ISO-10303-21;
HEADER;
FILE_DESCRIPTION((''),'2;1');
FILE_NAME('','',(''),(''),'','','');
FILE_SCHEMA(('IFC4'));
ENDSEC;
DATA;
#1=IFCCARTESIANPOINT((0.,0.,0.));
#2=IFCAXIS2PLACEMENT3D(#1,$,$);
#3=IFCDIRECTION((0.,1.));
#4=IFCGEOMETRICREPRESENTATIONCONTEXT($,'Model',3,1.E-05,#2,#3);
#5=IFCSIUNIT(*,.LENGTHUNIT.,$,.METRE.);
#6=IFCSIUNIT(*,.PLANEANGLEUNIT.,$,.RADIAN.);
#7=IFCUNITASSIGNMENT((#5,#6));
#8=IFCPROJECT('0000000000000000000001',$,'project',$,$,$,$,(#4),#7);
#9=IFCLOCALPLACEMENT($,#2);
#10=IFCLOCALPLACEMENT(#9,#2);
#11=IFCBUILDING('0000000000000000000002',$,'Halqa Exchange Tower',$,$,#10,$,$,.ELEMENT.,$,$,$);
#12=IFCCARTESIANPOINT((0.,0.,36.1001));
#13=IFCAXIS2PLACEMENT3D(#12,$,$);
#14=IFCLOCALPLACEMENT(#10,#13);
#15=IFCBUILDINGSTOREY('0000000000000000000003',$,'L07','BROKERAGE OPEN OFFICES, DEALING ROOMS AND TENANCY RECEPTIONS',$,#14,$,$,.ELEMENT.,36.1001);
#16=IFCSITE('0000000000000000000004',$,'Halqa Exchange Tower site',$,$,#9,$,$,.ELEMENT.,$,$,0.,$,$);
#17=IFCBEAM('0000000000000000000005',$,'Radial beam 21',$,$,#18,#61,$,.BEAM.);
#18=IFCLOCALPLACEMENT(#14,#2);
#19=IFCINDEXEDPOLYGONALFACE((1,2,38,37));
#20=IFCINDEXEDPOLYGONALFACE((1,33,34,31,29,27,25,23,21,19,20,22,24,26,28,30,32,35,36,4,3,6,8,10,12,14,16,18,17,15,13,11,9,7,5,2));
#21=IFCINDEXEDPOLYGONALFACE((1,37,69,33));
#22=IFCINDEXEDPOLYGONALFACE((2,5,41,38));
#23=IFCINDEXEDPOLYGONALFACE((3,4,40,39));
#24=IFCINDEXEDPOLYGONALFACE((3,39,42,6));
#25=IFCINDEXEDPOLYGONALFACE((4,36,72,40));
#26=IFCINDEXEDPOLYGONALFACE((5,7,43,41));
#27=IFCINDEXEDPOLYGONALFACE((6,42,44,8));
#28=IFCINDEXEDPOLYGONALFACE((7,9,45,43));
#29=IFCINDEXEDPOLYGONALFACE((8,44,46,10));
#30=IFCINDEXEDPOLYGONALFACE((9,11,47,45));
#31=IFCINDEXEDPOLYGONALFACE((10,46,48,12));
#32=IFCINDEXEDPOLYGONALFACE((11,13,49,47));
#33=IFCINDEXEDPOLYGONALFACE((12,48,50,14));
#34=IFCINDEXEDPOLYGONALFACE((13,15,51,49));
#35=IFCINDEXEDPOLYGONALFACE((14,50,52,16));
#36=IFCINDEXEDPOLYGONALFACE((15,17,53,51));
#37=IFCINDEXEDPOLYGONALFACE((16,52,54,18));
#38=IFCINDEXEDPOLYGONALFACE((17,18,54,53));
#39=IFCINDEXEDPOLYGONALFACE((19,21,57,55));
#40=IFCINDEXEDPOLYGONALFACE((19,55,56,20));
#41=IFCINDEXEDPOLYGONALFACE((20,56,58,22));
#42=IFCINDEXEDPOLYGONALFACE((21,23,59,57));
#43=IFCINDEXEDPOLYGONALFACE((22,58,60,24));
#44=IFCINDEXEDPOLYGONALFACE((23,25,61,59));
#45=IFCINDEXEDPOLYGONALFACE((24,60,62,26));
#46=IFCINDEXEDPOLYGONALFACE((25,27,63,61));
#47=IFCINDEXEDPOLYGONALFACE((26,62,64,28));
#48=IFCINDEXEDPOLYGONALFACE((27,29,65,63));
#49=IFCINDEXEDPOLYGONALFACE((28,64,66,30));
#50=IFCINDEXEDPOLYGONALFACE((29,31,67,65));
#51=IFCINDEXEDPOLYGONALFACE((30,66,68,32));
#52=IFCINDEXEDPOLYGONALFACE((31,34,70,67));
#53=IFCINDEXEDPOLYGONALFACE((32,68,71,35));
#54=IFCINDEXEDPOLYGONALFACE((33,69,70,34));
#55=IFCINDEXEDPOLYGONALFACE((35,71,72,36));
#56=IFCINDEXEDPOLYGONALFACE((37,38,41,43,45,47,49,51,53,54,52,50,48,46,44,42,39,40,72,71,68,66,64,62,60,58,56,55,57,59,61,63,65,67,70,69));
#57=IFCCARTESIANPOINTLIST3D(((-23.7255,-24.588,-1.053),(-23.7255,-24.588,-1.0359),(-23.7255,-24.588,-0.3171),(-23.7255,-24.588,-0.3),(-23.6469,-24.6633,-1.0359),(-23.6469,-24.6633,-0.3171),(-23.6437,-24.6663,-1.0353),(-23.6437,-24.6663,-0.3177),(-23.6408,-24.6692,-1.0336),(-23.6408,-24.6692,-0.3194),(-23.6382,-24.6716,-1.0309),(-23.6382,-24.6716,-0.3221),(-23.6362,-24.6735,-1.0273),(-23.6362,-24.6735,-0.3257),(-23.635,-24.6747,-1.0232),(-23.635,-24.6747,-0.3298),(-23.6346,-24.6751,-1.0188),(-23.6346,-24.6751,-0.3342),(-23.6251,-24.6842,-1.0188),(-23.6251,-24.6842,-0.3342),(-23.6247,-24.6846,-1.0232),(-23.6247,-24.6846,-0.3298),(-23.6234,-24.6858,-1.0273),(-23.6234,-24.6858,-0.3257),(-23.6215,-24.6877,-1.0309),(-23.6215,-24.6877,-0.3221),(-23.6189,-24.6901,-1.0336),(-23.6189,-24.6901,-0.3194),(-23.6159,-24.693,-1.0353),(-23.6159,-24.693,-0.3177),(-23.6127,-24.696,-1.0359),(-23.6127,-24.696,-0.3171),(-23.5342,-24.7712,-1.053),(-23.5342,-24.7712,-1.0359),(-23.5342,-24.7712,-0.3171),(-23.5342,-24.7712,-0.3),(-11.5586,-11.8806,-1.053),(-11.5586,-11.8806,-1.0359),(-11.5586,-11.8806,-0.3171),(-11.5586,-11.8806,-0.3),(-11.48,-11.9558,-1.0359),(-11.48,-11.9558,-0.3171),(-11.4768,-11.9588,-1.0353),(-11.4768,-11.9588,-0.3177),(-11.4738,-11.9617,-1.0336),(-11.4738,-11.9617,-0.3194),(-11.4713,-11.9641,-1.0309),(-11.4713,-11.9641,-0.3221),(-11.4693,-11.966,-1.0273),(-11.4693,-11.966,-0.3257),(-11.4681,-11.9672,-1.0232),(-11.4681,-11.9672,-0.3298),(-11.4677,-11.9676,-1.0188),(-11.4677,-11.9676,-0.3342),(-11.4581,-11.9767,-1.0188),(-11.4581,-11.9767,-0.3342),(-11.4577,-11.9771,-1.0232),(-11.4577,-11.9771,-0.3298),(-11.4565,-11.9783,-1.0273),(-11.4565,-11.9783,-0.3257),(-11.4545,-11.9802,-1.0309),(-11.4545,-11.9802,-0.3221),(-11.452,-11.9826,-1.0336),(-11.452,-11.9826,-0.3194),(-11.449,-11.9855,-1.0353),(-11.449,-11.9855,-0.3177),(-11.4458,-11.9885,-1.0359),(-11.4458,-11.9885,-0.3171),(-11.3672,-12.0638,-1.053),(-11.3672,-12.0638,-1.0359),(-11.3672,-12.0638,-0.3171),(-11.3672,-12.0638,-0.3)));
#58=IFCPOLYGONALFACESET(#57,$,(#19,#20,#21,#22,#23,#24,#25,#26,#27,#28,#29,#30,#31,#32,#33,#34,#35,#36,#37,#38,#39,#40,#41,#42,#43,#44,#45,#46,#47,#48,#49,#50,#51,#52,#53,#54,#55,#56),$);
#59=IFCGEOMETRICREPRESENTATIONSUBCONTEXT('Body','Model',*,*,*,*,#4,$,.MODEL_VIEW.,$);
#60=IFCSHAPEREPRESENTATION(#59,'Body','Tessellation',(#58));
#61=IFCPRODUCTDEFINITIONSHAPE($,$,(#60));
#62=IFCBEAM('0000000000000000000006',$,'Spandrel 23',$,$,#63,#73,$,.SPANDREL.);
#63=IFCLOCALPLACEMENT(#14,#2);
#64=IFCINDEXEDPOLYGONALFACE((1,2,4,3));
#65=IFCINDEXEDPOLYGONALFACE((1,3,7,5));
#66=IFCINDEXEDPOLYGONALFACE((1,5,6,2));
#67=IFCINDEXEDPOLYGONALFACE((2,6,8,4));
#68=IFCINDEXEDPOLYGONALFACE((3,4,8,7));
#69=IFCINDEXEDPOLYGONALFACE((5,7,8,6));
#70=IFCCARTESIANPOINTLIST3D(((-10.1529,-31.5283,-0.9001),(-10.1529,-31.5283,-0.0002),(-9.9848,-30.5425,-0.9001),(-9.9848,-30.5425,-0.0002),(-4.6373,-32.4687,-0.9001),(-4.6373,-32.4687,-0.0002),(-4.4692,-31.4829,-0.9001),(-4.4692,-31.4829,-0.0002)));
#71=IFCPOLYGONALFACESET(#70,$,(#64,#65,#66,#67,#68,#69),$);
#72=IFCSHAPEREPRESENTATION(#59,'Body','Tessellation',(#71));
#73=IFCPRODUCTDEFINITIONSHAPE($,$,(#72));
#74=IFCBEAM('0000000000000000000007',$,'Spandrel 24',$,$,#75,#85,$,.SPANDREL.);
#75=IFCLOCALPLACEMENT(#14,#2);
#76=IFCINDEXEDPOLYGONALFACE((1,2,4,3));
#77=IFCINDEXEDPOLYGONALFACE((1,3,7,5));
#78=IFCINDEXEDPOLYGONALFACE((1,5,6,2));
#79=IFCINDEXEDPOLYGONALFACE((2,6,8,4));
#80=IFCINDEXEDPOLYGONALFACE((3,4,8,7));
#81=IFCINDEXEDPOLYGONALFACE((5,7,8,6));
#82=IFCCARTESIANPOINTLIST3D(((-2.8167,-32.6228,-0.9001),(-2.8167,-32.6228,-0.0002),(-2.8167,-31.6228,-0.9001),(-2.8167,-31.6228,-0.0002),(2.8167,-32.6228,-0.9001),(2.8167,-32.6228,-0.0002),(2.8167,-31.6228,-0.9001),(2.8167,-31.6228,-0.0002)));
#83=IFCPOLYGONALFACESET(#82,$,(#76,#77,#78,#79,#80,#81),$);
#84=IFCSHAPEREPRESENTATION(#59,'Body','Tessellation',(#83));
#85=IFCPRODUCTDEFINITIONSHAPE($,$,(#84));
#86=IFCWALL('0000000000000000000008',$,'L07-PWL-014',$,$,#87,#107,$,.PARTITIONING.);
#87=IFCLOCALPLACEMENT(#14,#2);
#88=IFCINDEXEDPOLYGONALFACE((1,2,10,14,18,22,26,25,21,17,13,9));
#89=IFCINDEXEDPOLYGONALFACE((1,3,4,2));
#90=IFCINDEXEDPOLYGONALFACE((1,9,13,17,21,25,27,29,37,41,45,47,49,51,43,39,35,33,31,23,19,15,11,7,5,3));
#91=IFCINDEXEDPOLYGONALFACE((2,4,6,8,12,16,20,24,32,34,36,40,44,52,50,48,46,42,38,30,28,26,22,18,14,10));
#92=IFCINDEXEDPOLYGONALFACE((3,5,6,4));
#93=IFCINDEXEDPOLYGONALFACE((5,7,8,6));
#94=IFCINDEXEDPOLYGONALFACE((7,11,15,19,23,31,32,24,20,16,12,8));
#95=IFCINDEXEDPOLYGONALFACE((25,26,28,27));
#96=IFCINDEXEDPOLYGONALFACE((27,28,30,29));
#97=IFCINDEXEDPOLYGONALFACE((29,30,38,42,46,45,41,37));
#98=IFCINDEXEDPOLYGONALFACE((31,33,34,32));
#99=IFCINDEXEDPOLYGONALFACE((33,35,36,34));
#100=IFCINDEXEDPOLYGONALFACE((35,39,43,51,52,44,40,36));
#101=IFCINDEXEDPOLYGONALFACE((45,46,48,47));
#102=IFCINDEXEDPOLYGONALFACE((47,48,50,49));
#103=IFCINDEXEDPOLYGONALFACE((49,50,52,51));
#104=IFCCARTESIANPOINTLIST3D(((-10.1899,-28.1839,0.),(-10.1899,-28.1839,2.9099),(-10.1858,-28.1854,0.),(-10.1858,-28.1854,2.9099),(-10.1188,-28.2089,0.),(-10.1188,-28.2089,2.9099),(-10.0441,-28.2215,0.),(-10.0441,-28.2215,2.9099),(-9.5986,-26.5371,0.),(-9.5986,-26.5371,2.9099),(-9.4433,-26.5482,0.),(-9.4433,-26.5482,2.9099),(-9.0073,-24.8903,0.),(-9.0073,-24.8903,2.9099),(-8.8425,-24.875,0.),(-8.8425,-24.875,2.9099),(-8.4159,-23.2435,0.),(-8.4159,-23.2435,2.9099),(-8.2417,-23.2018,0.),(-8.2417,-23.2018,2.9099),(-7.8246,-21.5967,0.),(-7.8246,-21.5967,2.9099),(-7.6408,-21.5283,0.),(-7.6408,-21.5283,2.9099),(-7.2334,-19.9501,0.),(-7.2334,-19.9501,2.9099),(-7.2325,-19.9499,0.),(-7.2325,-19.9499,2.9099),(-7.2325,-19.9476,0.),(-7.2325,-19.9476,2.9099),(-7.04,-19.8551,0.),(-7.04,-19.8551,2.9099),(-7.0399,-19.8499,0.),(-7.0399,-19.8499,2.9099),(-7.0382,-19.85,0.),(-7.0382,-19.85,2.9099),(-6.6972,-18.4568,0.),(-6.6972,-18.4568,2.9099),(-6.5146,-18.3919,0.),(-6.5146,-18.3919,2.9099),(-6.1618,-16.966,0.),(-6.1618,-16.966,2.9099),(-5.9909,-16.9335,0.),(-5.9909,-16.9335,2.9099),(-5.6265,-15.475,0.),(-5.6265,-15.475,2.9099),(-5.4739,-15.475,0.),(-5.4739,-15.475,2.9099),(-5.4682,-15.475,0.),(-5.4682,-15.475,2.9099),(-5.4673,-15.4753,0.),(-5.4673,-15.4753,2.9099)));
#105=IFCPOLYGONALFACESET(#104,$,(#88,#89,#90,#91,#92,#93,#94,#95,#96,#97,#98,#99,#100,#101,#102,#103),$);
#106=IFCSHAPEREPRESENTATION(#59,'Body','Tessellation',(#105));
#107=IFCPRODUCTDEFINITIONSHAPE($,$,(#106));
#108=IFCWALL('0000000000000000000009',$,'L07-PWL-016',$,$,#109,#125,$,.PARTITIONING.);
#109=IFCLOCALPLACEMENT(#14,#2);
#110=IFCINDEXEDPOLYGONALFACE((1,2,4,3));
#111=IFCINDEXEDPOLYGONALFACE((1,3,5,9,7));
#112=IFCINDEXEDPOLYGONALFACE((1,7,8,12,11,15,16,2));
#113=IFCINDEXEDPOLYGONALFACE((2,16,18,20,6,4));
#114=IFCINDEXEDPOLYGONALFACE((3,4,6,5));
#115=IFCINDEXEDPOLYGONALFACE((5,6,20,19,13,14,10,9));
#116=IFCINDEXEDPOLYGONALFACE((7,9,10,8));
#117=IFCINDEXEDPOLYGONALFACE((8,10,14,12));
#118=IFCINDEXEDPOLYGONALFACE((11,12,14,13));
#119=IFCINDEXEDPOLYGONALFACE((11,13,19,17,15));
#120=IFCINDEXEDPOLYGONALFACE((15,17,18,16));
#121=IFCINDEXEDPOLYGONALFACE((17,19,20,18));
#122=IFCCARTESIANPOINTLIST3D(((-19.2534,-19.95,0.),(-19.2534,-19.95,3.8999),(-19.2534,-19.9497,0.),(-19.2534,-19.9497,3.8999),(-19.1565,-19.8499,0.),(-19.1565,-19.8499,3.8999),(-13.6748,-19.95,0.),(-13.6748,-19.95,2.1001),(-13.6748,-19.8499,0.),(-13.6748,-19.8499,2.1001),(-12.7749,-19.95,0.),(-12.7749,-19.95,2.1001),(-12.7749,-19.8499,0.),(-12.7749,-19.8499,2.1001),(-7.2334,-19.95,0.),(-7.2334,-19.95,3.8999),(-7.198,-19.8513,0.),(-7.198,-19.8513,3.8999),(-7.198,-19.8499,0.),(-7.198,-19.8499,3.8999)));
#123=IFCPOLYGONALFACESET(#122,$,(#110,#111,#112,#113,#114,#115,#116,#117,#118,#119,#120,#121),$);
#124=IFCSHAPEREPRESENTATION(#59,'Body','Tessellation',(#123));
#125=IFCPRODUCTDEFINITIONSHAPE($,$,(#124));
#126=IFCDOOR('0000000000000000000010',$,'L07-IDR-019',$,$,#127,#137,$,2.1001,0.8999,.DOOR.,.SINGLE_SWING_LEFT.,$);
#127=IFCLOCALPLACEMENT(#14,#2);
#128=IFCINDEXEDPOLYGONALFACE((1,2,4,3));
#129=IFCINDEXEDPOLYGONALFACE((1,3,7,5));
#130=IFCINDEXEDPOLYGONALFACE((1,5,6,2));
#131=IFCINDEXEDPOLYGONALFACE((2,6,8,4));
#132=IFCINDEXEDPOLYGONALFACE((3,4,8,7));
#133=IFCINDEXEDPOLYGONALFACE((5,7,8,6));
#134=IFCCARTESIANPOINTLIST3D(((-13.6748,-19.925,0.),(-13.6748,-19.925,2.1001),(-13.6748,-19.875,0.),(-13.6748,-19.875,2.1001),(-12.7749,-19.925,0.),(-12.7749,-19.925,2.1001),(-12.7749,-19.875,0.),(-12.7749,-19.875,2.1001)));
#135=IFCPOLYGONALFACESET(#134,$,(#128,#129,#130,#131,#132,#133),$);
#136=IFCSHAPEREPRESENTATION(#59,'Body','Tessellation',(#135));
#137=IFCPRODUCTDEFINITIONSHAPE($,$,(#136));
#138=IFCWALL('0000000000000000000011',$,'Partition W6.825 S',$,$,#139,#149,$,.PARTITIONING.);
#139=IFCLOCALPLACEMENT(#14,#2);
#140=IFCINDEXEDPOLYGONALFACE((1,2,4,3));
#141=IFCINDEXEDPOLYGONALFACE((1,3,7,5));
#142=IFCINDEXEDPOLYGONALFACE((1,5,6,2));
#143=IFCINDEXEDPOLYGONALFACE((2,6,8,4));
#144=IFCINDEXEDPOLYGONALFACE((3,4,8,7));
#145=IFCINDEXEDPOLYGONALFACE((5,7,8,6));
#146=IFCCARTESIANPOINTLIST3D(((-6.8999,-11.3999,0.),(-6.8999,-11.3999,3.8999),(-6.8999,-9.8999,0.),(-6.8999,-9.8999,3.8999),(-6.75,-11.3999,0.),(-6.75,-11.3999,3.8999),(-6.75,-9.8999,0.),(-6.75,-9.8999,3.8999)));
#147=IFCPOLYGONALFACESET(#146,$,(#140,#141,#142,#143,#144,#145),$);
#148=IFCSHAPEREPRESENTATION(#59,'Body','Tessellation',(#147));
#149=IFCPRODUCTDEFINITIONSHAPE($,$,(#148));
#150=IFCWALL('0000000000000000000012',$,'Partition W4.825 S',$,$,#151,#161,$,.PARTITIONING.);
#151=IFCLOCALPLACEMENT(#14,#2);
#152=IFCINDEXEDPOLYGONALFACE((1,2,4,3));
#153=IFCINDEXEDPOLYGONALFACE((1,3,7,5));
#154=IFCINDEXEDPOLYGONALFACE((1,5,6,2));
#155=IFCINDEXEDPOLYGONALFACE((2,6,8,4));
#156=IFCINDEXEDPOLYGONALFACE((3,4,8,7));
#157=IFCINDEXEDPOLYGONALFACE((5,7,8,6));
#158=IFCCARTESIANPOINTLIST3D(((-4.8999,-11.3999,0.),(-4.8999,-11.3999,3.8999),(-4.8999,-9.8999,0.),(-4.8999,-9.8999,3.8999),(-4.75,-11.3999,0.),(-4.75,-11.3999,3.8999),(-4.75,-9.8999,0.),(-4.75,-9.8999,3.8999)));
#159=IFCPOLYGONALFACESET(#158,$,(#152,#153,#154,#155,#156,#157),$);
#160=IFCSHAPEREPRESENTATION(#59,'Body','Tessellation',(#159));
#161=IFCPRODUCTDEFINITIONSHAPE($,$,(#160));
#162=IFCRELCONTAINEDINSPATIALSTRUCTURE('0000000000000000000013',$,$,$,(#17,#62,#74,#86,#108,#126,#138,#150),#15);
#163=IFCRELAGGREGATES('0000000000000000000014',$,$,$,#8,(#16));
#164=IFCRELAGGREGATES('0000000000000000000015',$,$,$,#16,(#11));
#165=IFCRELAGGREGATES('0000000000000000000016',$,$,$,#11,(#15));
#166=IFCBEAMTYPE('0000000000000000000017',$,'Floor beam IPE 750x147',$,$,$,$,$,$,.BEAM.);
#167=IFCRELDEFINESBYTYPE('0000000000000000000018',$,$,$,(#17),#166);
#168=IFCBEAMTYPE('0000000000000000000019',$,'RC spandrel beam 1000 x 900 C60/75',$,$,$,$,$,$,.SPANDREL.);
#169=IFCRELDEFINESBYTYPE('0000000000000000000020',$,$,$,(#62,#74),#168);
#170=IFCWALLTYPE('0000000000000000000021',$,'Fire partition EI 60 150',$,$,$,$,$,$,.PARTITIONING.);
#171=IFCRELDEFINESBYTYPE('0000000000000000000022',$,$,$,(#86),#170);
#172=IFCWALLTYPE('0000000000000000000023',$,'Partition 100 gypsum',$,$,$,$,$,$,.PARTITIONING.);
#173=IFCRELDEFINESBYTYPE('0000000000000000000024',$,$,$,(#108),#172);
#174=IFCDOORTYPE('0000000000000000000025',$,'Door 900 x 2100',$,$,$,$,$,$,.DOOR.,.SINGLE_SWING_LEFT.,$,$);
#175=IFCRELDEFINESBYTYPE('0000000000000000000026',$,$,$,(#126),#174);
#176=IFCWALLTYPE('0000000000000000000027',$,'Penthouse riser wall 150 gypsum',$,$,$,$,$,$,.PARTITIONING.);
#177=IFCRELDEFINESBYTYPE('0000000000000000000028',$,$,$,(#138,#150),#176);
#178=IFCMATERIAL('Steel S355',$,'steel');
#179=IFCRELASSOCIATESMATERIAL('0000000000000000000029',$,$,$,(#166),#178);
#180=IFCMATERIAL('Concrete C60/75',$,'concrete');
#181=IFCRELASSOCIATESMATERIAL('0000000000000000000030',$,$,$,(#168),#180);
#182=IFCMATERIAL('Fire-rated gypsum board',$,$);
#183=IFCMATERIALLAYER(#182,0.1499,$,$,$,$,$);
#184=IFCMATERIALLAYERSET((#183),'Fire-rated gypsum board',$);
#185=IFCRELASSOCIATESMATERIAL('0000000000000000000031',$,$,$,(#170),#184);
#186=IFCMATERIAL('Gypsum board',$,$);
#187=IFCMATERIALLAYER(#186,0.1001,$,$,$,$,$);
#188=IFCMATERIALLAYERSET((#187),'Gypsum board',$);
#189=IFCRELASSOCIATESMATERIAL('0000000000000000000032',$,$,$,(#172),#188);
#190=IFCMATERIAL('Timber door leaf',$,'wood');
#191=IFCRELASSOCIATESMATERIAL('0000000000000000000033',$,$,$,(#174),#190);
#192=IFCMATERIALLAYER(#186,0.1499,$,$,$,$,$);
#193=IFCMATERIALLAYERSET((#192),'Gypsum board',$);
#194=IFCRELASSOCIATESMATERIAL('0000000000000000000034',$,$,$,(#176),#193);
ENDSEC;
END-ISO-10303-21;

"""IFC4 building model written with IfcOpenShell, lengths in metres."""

from ifc_helpers import new_model, si_unit, direction, frame, frame_2d, origin, origin_2d, place, context, subcontext, project, spatial, polyline, rectangle, i_section, outline, extrude, material, layer, layer_set, material_profile, profile_set, type_object, element, fill, save


model = new_model("IFC4")

# Units and contexts
model_context = context("Model", 3, precision=1e-05, world=origin(), true_north=direction((0.0, 1.0)))
body_context = subcontext(model_context, "Body", "Model", "MODEL_VIEW")
ifc_project = project(units=[si_unit("LENGTHUNIT", "METRE"), si_unit("PLANEANGLEUNIT", "RADIAN")], contexts=[model_context])

# Site, building, storey
site_placement = place(None, origin())
site = spatial("IfcSite", under=ifc_project, at=site_placement, Name="Halqa Exchange Tower site", CompositionType="ELEMENT", RefElevation=0.0)
building_placement = place(site_placement, origin())
building = spatial("IfcBuilding", under=site, at=building_placement, Name="Halqa Exchange Tower", CompositionType="ELEMENT")
storey_placement = place(building_placement, frame((0.0, 0.0, 36.1001)))
storey = spatial("IfcBuildingStorey", under=building, at=storey_placement, Name="L07", Description="BROKERAGE OPEN OFFICES, DEALING ROOMS AND TENANCY RECEPTIONS", CompositionType="ELEMENT", Elevation=36.1001)

# Beams
ifc_material_1 = material(Name="Steel S355", Category="steel")
ifc_material_profile_1 = material_profile(ifc_material_1, i_section(OverallWidth=0.2649, OverallDepth=0.7529, WebThickness=0.0132, FlangeThickness=0.0171, FilletRadius=0.0171, at=origin_2d()), Name="IPE 750x147")
ifc_profile_set_1 = profile_set([ifc_material_profile_1], Name="Steel S355")
beam_type_1 = type_object("IfcBeamType", Name="Floor beam IPE 750x147", PredefinedType="BEAM", material=ifc_profile_set_1)
beam_1_placement = place(storey_placement, frame((-11.4629, -11.9722, -0.6765), z_axis=(-0.691578, -0.722302, 0.0), x_axis=(0.722302, -0.691578, 0.0)))
element("IfcBeam", 1, at=beam_1_placement, inside=storey, type_object=beam_type_1, Name="Radial beam 21", PredefinedType="BEAM", context=body_context, shape_type="SweptSolid", body=[
    extrude(i_section(OverallWidth=0.2649, OverallDepth=0.7529, WebThickness=0.0132, FlangeThickness=0.0171, FilletRadius=0.0171, at=origin_2d()), origin(), (0.0, 0.0, 1.0), 17.593),
])
ifc_material_2 = material(Name="Concrete C60/75", Category="concrete")
ifc_material_profile_2 = material_profile(ifc_material_2, rectangle(XDim=1.0, YDim=0.8999, at=origin_2d()), Name="1000 x 900")
ifc_profile_set_2 = profile_set([ifc_material_profile_2], Name="Concrete C60/75")
beam_type_2 = type_object("IfcBeamType", Name="RC spandrel beam 1000 x 900 C60/75", PredefinedType="SPANDREL", material=ifc_profile_set_2)
beam_2_placement = place(storey_placement, frame((-10.0688, -31.0354, -0.4502), z_axis=(0.985774, -0.168077, 0.0), x_axis=(0.168077, 0.985774, 0.0)))
element("IfcBeam", 2, at=beam_2_placement, inside=storey, type_object=beam_type_2, Name="Spandrel 23", PredefinedType="SPANDREL", context=body_context, shape_type="SweptSolid", body=[
    extrude(rectangle(XDim=1.0, YDim=0.8999, at=origin_2d()), origin(), (0.0, 0.0, 1.0), 5.5952),
])
beam_3_placement = place(storey_placement, frame((-2.8167, -32.1228, -0.4502), z_axis=(1.0, 0.0, 0.0), x_axis=(0.0, 1.0, 0.0)))
element("IfcBeam", 3, at=beam_3_placement, inside=storey, type_object=beam_type_2, Name="Spandrel 24", PredefinedType="SPANDREL", context=body_context, shape_type="SweptSolid", body=[
    extrude(rectangle(XDim=1.0, YDim=0.8999, at=origin_2d()), origin(), (0.0, 0.0, 1.0), 5.6333),
])

# Wall
ifc_material_3 = material(Name="Fire-rated gypsum board")
ifc_layer_1 = layer(ifc_material_3, 0.1499)
ifc_layer_set_1 = layer_set([ifc_layer_1], Name="Fire-rated gypsum board")
wall_type_1 = type_object("IfcWallType", Name="Fire partition EI 60 150", PredefinedType="PARTITIONING", material=ifc_layer_set_1)
wall_1_placement = place(storey_placement, frame((-10.1194, -28.2092, 0.0), z_axis=(0.0, 0.0, 1.0), x_axis=(0.337949, 0.941164, 0.0)))
element("IfcWall", 4, at=wall_1_placement, inside=storey, type_object=wall_type_1, Name="L07-PWL-014", PredefinedType="PARTITIONING", context=body_context, shape_type="SweptSolid", body=[
    extrude(outline(polyline([(0.0139, -0.075), (1.7917, -0.075), (3.5696, -0.075), (5.3474, -0.075), (7.1255, -0.075), (8.9033, -0.075), (8.9082, -0.0732), (8.9087, -0.075), (10.458, -0.075), (12.0076, -0.075), (13.5569, -0.075), (13.5569, -0.074), (13.5549, -0.0686), (13.5549, -0.0686), (13.5034, 0.075), (11.9192, 0.075), (10.3352, 0.075), (8.7512, 0.075), (8.749, 0.0742), (8.7485, 0.075), (6.999, 0.075), (5.2493, 0.075), (3.4995, 0.075), (1.7498, 0.075), (0.0, 0.075), (0.0, 0.0706), (0.0005, -0.0005), (0.0139, -0.075)])), origin(), (0.0, 0.0, 1.0), 2.9099),
])

# Wall, opening, door
ifc_material_4 = material(Name="Gypsum board")
ifc_layer_2 = layer(ifc_material_4, 0.1001)
ifc_layer_set_2 = layer_set([ifc_layer_2], Name="Gypsum board")
wall_type_2 = type_object("IfcWallType", Name="Partition 100 gypsum", PredefinedType="PARTITIONING", material=ifc_layer_set_2)
wall_2_placement = place(storey_placement, frame((-7.198, -19.8999, 0.0), z_axis=(0.0, 0.0, 1.0), x_axis=(-1.0, 0.0, 0.0)))
wall_2 = element("IfcWall", 5, at=wall_2_placement, inside=storey, type_object=wall_type_2, Name="L07-PWL-016", PredefinedType="PARTITIONING", context=body_context, shape_type="SweptSolid", body=[
    extrude(outline(polyline([(0.0, -0.05), (1.9932, -0.05), (3.9861, -0.05), (5.9792, -0.05), (7.9724, -0.05), (9.9653, -0.05), (11.9585, -0.05), (12.0554, 0.0498), (12.0554, 0.05), (10.3384, 0.05), (8.6211, 0.05), (6.9041, 0.05), (5.1868, 0.05), (3.4697, 0.05), (1.7527, 0.05), (0.0354, 0.05), (0.0, -0.0486), (0.0, -0.05)])), origin(), (0.0, 0.0, 1.0), 3.8999),
])
opening_1_placement = place(wall_2_placement, frame((5.5769, 0.0, 0.0)))
opening_1 = element("IfcOpeningElement", 6, at=opening_1_placement, cuts=wall_2, PredefinedType="OPENING", context=body_context, shape_type="SweptSolid", body=[
    extrude(rectangle(XDim=0.8999, YDim=2.1001, at=frame_2d((0.45, 1.05))), frame((0.0, 0.062, 0.0), z_axis=(0.0, -1.0, 0.0), x_axis=(1.0, 0.0, 0.0)), (0.0, 0.0, 1.0), 0.124),
])
ifc_material_5 = material(Name="Timber door leaf", Category="wood")
door_type_1 = type_object("IfcDoorType", Name="Door 900 x 2100", OperationType="SINGLE_SWING_LEFT", PredefinedType="DOOR", material=ifc_material_5)
door_1_placement = place(opening_1_placement, frame((0.8999, 0.0, 0.0), z_axis=(0.0, 0.0, 1.0), x_axis=(-1.0, 0.0, 0.0)))
door_1 = element("IfcDoor", 7, at=door_1_placement, inside=storey, type_object=door_type_1, Name="L07-IDR-019", OperationType="SINGLE_SWING_LEFT", OverallHeight=2.1001, OverallWidth=0.8999, PredefinedType="DOOR", context=body_context, shape_type="SweptSolid", body=[
    extrude(rectangle(XDim=0.8999, YDim=2.1001, at=frame_2d((0.45, 1.05))), frame((0.0, 0.0249, 0.0), z_axis=(0.0, -1.0, 0.0), x_axis=(1.0, 0.0, 0.0)), (0.0, 0.0, 1.0), 0.05),
])
fill(opening_1, door_1)

# Walls
ifc_layer_3 = layer(ifc_material_4, 0.1499)
ifc_layer_set_3 = layer_set([ifc_layer_3], Name="Gypsum board")
wall_type_3 = type_object("IfcWallType", Name="Penthouse riser wall 150 gypsum", PredefinedType="PARTITIONING", material=ifc_layer_set_3)
for number, where, z_axis, x_axis, name in (
    (8, (-6.825, -11.3999, 0.0), (0.0, 0.0, 1.0), (0.0, 1.0, 0.0), "Partition W6.825 S"),
    (9, (-4.825, -11.3999, 0.0), (0.0, 0.0, 1.0), (0.0, 1.0, 0.0), "Partition W4.825 S"),
):
    element("IfcWall", number, at=place(storey_placement, frame(where, z_axis=z_axis, x_axis=x_axis)), inside=storey, type_object=wall_type_3, Name=name, PredefinedType="PARTITIONING", context=body_context, shape_type="SweptSolid", body=[
        extrude(rectangle(XDim=1.5, YDim=0.1499, at=frame_2d((0.75, 0.0))), origin(), (0.0, 0.0, 1.0), 3.8999),
    ])

save(model, "model.ifc")
